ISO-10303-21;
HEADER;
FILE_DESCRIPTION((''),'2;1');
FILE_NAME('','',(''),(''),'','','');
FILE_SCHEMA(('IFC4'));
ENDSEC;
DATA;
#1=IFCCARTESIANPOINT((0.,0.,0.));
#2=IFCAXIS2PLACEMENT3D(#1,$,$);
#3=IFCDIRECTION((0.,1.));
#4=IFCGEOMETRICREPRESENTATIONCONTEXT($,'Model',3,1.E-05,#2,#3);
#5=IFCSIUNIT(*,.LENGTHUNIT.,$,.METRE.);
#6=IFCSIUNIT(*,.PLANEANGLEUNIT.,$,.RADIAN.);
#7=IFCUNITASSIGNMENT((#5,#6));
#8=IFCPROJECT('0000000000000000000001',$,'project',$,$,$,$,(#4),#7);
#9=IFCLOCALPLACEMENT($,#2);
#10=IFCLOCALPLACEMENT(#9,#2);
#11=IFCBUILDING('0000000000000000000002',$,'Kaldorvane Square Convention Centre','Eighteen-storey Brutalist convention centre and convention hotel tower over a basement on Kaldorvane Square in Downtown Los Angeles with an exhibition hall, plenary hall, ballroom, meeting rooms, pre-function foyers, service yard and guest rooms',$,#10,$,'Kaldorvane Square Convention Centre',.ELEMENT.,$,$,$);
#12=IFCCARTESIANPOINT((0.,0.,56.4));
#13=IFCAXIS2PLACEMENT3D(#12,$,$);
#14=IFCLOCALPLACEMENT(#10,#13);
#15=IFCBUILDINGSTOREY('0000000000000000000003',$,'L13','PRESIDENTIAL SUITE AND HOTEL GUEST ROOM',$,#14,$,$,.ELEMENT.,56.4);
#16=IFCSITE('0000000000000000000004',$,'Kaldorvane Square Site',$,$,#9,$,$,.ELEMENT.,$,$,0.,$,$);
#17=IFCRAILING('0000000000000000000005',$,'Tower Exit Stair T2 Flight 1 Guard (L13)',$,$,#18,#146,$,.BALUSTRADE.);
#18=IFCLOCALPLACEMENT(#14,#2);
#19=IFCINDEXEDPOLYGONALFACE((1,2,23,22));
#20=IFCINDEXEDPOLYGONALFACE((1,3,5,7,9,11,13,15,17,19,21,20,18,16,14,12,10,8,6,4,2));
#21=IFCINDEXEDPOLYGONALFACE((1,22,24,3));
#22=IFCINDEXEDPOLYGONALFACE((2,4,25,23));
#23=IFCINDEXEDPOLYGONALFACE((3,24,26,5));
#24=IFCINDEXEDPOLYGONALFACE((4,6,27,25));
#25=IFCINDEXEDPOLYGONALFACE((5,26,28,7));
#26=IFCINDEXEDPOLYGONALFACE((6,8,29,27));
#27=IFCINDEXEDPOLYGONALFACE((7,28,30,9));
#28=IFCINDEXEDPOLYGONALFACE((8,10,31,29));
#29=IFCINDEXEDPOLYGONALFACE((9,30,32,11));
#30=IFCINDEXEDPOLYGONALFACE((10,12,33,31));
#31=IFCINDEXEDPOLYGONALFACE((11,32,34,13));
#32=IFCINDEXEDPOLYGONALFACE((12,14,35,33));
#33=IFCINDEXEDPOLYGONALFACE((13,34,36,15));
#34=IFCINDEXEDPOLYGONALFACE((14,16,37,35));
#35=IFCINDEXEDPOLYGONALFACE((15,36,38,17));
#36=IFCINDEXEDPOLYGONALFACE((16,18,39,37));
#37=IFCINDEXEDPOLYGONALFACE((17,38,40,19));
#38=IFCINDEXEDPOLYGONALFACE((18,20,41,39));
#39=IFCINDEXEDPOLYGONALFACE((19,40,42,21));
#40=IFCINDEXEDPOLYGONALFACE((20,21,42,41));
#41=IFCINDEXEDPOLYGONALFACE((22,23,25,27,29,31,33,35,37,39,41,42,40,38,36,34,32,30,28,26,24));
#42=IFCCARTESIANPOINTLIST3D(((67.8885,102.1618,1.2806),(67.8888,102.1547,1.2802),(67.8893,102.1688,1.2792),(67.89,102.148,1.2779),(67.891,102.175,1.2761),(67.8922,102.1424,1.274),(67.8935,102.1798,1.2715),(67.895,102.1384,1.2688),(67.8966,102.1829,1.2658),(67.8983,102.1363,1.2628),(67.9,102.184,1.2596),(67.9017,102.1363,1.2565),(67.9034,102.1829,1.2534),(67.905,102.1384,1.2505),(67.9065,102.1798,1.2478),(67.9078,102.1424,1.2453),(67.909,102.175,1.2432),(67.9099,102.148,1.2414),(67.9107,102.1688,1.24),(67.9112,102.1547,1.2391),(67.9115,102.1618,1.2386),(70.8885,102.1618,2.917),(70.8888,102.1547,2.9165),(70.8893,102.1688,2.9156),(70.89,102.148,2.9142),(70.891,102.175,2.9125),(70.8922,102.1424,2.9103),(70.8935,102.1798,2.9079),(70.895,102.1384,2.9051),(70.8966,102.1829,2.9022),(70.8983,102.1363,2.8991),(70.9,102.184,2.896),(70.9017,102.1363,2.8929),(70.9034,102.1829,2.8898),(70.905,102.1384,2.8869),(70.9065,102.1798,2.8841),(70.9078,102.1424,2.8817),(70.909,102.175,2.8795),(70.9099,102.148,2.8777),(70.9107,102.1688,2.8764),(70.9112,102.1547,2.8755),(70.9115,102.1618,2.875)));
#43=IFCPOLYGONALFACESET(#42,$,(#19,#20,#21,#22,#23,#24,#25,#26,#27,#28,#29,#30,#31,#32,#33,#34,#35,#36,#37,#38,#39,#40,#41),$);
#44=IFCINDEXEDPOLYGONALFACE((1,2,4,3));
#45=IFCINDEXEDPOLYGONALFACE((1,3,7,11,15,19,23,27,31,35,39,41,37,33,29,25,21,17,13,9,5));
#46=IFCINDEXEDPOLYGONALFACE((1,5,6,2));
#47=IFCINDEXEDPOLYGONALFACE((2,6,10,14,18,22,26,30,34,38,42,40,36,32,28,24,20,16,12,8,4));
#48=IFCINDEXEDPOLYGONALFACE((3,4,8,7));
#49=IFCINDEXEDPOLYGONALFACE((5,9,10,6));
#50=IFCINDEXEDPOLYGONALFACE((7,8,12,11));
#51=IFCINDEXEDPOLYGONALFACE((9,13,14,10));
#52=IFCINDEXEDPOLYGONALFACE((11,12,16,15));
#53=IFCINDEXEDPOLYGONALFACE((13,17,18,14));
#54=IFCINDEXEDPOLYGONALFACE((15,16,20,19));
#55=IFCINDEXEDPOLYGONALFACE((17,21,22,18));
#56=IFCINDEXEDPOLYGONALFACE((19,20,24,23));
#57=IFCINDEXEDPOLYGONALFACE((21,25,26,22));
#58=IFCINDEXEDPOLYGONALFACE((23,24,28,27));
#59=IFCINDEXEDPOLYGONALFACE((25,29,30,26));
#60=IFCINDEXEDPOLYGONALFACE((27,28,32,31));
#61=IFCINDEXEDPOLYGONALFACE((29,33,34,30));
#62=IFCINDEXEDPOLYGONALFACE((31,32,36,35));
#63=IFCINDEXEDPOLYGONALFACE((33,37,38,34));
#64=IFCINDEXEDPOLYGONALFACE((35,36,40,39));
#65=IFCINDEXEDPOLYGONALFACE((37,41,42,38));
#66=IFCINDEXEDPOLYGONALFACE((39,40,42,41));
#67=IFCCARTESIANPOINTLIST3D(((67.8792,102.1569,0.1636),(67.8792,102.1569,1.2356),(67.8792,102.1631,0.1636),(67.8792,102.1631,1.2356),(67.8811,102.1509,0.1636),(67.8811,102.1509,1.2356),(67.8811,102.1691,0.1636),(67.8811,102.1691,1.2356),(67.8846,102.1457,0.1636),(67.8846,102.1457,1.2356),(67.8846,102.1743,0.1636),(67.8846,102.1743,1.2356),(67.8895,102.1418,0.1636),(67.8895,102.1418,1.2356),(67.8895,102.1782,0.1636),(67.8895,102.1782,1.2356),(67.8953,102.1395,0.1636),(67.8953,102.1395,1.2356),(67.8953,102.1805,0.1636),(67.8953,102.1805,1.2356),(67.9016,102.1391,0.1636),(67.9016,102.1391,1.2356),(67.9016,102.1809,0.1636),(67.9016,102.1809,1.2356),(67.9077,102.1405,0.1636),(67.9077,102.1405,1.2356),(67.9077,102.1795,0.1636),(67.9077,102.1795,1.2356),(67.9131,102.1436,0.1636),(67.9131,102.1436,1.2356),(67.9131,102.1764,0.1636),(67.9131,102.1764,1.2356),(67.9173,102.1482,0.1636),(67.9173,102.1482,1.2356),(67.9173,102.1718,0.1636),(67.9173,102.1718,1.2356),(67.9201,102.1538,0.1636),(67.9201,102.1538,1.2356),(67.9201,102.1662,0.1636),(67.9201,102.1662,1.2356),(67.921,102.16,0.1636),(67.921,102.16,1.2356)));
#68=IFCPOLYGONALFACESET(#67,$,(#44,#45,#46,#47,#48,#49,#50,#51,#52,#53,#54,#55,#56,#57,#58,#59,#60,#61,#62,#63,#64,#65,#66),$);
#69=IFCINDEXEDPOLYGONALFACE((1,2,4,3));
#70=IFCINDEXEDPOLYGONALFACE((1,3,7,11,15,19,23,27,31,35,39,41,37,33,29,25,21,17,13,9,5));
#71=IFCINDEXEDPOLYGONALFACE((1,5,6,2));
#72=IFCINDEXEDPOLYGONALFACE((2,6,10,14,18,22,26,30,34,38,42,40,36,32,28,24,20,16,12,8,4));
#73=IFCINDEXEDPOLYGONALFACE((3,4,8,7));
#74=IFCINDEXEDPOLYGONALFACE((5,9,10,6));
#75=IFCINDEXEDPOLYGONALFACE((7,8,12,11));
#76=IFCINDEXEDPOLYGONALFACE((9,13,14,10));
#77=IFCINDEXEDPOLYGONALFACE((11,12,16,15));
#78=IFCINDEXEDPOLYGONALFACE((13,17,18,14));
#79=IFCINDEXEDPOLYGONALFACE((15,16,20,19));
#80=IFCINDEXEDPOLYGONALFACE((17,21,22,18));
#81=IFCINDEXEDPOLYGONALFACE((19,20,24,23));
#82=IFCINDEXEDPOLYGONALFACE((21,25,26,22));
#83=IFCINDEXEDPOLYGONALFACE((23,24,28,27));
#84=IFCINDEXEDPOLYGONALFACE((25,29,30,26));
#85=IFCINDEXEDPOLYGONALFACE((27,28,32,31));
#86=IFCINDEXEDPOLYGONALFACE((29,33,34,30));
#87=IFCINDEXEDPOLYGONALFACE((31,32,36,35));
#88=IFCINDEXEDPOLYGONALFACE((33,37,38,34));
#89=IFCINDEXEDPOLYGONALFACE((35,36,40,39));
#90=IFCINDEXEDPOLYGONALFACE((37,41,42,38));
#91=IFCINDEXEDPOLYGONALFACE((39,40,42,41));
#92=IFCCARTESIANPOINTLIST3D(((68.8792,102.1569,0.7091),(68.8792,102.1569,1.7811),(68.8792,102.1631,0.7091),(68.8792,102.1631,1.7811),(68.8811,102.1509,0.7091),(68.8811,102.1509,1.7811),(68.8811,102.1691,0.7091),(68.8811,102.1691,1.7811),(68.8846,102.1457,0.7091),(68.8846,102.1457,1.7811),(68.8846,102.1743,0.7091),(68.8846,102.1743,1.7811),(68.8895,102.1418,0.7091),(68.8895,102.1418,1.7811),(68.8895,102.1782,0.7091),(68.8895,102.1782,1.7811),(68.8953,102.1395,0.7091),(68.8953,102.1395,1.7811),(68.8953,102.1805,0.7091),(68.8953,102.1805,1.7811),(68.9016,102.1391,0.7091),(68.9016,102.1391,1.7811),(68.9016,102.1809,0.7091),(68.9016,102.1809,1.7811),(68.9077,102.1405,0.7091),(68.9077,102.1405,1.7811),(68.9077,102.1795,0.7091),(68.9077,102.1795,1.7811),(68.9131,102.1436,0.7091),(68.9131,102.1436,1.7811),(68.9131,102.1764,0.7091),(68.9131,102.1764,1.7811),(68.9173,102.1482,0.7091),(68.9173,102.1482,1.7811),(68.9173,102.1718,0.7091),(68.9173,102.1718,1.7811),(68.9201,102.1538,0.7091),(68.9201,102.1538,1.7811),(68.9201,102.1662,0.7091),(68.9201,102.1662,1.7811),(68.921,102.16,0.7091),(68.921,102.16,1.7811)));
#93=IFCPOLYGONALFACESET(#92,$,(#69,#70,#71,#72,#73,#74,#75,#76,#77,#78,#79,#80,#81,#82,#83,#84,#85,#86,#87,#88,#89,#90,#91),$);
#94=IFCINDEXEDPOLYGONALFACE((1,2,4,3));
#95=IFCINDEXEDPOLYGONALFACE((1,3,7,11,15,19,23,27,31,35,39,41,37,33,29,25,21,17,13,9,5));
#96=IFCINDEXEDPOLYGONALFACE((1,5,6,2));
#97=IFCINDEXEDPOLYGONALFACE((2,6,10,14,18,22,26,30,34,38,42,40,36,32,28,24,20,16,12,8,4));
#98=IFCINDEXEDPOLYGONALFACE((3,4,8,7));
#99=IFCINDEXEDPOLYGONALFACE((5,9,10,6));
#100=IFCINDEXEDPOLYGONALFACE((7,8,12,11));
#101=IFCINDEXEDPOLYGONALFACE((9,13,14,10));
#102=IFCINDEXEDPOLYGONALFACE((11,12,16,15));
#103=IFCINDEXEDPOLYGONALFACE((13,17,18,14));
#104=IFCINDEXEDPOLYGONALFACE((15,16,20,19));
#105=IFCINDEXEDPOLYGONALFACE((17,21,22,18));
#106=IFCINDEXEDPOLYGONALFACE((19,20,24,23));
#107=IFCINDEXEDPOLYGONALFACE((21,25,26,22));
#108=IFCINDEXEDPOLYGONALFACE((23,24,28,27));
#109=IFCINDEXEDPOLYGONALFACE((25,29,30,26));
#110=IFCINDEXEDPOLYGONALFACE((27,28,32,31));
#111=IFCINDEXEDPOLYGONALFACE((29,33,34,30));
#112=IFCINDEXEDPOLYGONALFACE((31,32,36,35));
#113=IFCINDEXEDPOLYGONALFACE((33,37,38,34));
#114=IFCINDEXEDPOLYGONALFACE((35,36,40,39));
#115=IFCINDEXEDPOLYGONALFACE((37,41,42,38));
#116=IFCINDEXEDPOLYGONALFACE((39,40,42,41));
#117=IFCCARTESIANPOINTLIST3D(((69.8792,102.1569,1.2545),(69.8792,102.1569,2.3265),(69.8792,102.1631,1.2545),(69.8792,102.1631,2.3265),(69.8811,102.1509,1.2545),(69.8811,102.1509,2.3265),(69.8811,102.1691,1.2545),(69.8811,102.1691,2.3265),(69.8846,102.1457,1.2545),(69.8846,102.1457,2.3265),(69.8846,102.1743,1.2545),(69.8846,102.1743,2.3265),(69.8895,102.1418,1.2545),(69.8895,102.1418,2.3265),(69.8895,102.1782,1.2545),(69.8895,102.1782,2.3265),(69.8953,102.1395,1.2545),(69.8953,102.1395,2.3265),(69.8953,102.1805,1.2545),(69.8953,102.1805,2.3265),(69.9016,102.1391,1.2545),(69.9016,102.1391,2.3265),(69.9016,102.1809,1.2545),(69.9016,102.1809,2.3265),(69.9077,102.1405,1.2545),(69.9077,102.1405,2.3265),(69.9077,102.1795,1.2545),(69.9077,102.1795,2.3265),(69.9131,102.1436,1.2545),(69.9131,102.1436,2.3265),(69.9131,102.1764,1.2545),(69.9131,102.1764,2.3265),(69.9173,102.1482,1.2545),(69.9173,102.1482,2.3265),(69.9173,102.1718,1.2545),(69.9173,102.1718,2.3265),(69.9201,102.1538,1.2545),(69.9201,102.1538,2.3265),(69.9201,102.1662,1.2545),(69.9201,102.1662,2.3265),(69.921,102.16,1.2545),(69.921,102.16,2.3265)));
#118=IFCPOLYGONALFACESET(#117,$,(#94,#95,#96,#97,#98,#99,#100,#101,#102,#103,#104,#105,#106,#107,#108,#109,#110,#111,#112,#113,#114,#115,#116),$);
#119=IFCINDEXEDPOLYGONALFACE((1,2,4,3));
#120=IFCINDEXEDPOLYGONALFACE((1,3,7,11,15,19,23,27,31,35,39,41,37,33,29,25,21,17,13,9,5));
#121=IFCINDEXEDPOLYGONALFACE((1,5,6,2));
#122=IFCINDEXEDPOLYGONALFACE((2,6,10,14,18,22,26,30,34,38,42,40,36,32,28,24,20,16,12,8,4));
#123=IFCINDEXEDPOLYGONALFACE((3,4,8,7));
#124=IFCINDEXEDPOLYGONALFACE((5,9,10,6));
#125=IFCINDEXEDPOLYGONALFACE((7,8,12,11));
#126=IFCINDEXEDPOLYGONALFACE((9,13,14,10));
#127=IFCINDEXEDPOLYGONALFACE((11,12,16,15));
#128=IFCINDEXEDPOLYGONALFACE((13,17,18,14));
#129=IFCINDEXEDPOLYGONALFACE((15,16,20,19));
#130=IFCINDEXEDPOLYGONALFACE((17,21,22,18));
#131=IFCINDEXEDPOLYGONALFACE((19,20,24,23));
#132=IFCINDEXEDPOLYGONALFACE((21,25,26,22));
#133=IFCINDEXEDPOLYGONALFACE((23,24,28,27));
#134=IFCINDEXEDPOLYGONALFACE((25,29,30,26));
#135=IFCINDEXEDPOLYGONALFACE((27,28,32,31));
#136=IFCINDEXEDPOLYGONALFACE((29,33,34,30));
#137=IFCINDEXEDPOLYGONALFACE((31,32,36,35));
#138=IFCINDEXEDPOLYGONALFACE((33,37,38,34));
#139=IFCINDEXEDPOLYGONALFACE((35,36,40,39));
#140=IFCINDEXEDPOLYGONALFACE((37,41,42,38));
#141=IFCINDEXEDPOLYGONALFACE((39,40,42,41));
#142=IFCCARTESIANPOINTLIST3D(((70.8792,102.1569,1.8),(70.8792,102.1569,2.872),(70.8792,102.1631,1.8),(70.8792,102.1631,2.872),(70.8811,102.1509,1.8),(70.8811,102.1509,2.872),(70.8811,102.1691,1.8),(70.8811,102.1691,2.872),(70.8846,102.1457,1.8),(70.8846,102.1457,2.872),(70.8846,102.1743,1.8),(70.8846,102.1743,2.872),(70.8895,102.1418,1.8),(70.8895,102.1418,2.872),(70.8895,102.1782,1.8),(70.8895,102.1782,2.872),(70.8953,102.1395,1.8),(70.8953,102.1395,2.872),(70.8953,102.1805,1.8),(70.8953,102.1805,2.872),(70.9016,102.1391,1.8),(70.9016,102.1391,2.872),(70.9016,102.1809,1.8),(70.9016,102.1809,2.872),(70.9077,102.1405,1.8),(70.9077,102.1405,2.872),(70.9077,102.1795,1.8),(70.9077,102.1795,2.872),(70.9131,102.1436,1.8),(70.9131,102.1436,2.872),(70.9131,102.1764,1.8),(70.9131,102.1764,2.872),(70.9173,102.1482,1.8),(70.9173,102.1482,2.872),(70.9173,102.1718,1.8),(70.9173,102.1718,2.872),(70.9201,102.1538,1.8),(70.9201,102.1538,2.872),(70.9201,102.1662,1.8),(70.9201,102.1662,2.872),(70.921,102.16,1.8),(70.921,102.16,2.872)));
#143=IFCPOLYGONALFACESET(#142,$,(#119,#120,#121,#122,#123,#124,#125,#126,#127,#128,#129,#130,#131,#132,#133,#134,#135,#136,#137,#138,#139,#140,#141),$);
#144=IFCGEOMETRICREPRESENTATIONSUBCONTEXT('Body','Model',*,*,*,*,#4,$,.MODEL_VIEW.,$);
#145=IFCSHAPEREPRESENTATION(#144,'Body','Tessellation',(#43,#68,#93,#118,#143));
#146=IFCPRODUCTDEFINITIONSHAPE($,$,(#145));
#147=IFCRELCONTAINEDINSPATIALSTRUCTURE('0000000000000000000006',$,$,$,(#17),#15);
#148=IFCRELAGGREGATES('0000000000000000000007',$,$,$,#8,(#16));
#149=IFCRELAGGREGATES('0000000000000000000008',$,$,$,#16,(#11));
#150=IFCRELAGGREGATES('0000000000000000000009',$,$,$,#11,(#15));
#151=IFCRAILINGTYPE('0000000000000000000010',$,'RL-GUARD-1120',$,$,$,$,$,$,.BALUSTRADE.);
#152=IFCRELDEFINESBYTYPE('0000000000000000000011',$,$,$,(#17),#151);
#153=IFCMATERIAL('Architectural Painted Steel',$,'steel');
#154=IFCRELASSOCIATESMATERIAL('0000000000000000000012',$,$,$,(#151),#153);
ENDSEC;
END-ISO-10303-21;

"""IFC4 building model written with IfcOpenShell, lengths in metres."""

from ifc_helpers import new_model, si_unit, direction, frame, origin, origin_2d, place, context, subcontext, project, spatial, circle, extrude, material, type_object, element, save


model = new_model("IFC4")

# Units and contexts
model_context = context("Model", 3, precision=1e-05, world=origin(), true_north=direction((0.0, 1.0)))
body_context = subcontext(model_context, "Body", "Model", "MODEL_VIEW")
ifc_project = project(units=[si_unit("LENGTHUNIT", "METRE"), si_unit("PLANEANGLEUNIT", "RADIAN")], contexts=[model_context])

# Site, building, storey
site_placement = place(None, origin())
site = spatial("IfcSite", under=ifc_project, at=site_placement, Name="Kaldorvane Square Site", CompositionType="ELEMENT", RefElevation=0.0)
building_placement = place(site_placement, origin())
building = spatial("IfcBuilding", under=site, at=building_placement, Name="Kaldorvane Square Convention Centre", Description="Eighteen-storey Brutalist convention centre and convention hotel tower over a basement on Kaldorvane Square in Downtown Los Angeles with an exhibition hall, plenary hall, ballroom, meeting rooms, pre-function foyers, service yard and guest rooms", LongName="Kaldorvane Square Convention Centre", CompositionType="ELEMENT")
storey_placement = place(building_placement, frame((0.0, 0.0, 56.4)))
storey = spatial("IfcBuildingStorey", under=building, at=storey_placement, Name="L13", Description="PRESIDENTIAL SUITE AND HOTEL GUEST ROOM", CompositionType="ELEMENT", Elevation=56.4)

# Railing
ifc_material_1 = material(Name="Architectural Painted Steel", Category="steel")
railing_type_1 = type_object("IfcRailingType", Name="RL-GUARD-1120", PredefinedType="BALUSTRADE", material=ifc_material_1)
railing_1_placement = place(storey_placement, frame((67.9, 102.16, 0.1636)))
element("IfcRailing", 1, at=railing_1_placement, inside=storey, type_object=railing_type_1, Name="Tower Exit Stair T2 Flight 1 Guard (L13)", PredefinedType="BALUSTRADE", context=body_context, shape_type="SweptSolid", body=[
    extrude(circle(Radius=0.024, at=origin_2d()), frame((0.0, 0.0, 1.096), z_axis=(0.877895, 0.0, 0.478853), x_axis=(0.0, 1.0, 0.0)), (0.0, 0.0, 1.0), 3.4173),
    extrude(circle(Radius=0.021, at=origin_2d()), origin(), (0.0, 0.0, 1.0), 1.072),
    extrude(circle(Radius=0.021, at=origin_2d()), frame((1.0, 0.0, 0.5455)), (0.0, 0.0, 1.0), 1.072),
    extrude(circle(Radius=0.021, at=origin_2d()), frame((2.0, 0.0, 1.0909)), (0.0, 0.0, 1.0), 1.072),
    extrude(circle(Radius=0.021, at=origin_2d()), frame((3.0, 0.0, 1.6364)), (0.0, 0.0, 1.0), 1.072),
])

save(model, "model.ifc")
